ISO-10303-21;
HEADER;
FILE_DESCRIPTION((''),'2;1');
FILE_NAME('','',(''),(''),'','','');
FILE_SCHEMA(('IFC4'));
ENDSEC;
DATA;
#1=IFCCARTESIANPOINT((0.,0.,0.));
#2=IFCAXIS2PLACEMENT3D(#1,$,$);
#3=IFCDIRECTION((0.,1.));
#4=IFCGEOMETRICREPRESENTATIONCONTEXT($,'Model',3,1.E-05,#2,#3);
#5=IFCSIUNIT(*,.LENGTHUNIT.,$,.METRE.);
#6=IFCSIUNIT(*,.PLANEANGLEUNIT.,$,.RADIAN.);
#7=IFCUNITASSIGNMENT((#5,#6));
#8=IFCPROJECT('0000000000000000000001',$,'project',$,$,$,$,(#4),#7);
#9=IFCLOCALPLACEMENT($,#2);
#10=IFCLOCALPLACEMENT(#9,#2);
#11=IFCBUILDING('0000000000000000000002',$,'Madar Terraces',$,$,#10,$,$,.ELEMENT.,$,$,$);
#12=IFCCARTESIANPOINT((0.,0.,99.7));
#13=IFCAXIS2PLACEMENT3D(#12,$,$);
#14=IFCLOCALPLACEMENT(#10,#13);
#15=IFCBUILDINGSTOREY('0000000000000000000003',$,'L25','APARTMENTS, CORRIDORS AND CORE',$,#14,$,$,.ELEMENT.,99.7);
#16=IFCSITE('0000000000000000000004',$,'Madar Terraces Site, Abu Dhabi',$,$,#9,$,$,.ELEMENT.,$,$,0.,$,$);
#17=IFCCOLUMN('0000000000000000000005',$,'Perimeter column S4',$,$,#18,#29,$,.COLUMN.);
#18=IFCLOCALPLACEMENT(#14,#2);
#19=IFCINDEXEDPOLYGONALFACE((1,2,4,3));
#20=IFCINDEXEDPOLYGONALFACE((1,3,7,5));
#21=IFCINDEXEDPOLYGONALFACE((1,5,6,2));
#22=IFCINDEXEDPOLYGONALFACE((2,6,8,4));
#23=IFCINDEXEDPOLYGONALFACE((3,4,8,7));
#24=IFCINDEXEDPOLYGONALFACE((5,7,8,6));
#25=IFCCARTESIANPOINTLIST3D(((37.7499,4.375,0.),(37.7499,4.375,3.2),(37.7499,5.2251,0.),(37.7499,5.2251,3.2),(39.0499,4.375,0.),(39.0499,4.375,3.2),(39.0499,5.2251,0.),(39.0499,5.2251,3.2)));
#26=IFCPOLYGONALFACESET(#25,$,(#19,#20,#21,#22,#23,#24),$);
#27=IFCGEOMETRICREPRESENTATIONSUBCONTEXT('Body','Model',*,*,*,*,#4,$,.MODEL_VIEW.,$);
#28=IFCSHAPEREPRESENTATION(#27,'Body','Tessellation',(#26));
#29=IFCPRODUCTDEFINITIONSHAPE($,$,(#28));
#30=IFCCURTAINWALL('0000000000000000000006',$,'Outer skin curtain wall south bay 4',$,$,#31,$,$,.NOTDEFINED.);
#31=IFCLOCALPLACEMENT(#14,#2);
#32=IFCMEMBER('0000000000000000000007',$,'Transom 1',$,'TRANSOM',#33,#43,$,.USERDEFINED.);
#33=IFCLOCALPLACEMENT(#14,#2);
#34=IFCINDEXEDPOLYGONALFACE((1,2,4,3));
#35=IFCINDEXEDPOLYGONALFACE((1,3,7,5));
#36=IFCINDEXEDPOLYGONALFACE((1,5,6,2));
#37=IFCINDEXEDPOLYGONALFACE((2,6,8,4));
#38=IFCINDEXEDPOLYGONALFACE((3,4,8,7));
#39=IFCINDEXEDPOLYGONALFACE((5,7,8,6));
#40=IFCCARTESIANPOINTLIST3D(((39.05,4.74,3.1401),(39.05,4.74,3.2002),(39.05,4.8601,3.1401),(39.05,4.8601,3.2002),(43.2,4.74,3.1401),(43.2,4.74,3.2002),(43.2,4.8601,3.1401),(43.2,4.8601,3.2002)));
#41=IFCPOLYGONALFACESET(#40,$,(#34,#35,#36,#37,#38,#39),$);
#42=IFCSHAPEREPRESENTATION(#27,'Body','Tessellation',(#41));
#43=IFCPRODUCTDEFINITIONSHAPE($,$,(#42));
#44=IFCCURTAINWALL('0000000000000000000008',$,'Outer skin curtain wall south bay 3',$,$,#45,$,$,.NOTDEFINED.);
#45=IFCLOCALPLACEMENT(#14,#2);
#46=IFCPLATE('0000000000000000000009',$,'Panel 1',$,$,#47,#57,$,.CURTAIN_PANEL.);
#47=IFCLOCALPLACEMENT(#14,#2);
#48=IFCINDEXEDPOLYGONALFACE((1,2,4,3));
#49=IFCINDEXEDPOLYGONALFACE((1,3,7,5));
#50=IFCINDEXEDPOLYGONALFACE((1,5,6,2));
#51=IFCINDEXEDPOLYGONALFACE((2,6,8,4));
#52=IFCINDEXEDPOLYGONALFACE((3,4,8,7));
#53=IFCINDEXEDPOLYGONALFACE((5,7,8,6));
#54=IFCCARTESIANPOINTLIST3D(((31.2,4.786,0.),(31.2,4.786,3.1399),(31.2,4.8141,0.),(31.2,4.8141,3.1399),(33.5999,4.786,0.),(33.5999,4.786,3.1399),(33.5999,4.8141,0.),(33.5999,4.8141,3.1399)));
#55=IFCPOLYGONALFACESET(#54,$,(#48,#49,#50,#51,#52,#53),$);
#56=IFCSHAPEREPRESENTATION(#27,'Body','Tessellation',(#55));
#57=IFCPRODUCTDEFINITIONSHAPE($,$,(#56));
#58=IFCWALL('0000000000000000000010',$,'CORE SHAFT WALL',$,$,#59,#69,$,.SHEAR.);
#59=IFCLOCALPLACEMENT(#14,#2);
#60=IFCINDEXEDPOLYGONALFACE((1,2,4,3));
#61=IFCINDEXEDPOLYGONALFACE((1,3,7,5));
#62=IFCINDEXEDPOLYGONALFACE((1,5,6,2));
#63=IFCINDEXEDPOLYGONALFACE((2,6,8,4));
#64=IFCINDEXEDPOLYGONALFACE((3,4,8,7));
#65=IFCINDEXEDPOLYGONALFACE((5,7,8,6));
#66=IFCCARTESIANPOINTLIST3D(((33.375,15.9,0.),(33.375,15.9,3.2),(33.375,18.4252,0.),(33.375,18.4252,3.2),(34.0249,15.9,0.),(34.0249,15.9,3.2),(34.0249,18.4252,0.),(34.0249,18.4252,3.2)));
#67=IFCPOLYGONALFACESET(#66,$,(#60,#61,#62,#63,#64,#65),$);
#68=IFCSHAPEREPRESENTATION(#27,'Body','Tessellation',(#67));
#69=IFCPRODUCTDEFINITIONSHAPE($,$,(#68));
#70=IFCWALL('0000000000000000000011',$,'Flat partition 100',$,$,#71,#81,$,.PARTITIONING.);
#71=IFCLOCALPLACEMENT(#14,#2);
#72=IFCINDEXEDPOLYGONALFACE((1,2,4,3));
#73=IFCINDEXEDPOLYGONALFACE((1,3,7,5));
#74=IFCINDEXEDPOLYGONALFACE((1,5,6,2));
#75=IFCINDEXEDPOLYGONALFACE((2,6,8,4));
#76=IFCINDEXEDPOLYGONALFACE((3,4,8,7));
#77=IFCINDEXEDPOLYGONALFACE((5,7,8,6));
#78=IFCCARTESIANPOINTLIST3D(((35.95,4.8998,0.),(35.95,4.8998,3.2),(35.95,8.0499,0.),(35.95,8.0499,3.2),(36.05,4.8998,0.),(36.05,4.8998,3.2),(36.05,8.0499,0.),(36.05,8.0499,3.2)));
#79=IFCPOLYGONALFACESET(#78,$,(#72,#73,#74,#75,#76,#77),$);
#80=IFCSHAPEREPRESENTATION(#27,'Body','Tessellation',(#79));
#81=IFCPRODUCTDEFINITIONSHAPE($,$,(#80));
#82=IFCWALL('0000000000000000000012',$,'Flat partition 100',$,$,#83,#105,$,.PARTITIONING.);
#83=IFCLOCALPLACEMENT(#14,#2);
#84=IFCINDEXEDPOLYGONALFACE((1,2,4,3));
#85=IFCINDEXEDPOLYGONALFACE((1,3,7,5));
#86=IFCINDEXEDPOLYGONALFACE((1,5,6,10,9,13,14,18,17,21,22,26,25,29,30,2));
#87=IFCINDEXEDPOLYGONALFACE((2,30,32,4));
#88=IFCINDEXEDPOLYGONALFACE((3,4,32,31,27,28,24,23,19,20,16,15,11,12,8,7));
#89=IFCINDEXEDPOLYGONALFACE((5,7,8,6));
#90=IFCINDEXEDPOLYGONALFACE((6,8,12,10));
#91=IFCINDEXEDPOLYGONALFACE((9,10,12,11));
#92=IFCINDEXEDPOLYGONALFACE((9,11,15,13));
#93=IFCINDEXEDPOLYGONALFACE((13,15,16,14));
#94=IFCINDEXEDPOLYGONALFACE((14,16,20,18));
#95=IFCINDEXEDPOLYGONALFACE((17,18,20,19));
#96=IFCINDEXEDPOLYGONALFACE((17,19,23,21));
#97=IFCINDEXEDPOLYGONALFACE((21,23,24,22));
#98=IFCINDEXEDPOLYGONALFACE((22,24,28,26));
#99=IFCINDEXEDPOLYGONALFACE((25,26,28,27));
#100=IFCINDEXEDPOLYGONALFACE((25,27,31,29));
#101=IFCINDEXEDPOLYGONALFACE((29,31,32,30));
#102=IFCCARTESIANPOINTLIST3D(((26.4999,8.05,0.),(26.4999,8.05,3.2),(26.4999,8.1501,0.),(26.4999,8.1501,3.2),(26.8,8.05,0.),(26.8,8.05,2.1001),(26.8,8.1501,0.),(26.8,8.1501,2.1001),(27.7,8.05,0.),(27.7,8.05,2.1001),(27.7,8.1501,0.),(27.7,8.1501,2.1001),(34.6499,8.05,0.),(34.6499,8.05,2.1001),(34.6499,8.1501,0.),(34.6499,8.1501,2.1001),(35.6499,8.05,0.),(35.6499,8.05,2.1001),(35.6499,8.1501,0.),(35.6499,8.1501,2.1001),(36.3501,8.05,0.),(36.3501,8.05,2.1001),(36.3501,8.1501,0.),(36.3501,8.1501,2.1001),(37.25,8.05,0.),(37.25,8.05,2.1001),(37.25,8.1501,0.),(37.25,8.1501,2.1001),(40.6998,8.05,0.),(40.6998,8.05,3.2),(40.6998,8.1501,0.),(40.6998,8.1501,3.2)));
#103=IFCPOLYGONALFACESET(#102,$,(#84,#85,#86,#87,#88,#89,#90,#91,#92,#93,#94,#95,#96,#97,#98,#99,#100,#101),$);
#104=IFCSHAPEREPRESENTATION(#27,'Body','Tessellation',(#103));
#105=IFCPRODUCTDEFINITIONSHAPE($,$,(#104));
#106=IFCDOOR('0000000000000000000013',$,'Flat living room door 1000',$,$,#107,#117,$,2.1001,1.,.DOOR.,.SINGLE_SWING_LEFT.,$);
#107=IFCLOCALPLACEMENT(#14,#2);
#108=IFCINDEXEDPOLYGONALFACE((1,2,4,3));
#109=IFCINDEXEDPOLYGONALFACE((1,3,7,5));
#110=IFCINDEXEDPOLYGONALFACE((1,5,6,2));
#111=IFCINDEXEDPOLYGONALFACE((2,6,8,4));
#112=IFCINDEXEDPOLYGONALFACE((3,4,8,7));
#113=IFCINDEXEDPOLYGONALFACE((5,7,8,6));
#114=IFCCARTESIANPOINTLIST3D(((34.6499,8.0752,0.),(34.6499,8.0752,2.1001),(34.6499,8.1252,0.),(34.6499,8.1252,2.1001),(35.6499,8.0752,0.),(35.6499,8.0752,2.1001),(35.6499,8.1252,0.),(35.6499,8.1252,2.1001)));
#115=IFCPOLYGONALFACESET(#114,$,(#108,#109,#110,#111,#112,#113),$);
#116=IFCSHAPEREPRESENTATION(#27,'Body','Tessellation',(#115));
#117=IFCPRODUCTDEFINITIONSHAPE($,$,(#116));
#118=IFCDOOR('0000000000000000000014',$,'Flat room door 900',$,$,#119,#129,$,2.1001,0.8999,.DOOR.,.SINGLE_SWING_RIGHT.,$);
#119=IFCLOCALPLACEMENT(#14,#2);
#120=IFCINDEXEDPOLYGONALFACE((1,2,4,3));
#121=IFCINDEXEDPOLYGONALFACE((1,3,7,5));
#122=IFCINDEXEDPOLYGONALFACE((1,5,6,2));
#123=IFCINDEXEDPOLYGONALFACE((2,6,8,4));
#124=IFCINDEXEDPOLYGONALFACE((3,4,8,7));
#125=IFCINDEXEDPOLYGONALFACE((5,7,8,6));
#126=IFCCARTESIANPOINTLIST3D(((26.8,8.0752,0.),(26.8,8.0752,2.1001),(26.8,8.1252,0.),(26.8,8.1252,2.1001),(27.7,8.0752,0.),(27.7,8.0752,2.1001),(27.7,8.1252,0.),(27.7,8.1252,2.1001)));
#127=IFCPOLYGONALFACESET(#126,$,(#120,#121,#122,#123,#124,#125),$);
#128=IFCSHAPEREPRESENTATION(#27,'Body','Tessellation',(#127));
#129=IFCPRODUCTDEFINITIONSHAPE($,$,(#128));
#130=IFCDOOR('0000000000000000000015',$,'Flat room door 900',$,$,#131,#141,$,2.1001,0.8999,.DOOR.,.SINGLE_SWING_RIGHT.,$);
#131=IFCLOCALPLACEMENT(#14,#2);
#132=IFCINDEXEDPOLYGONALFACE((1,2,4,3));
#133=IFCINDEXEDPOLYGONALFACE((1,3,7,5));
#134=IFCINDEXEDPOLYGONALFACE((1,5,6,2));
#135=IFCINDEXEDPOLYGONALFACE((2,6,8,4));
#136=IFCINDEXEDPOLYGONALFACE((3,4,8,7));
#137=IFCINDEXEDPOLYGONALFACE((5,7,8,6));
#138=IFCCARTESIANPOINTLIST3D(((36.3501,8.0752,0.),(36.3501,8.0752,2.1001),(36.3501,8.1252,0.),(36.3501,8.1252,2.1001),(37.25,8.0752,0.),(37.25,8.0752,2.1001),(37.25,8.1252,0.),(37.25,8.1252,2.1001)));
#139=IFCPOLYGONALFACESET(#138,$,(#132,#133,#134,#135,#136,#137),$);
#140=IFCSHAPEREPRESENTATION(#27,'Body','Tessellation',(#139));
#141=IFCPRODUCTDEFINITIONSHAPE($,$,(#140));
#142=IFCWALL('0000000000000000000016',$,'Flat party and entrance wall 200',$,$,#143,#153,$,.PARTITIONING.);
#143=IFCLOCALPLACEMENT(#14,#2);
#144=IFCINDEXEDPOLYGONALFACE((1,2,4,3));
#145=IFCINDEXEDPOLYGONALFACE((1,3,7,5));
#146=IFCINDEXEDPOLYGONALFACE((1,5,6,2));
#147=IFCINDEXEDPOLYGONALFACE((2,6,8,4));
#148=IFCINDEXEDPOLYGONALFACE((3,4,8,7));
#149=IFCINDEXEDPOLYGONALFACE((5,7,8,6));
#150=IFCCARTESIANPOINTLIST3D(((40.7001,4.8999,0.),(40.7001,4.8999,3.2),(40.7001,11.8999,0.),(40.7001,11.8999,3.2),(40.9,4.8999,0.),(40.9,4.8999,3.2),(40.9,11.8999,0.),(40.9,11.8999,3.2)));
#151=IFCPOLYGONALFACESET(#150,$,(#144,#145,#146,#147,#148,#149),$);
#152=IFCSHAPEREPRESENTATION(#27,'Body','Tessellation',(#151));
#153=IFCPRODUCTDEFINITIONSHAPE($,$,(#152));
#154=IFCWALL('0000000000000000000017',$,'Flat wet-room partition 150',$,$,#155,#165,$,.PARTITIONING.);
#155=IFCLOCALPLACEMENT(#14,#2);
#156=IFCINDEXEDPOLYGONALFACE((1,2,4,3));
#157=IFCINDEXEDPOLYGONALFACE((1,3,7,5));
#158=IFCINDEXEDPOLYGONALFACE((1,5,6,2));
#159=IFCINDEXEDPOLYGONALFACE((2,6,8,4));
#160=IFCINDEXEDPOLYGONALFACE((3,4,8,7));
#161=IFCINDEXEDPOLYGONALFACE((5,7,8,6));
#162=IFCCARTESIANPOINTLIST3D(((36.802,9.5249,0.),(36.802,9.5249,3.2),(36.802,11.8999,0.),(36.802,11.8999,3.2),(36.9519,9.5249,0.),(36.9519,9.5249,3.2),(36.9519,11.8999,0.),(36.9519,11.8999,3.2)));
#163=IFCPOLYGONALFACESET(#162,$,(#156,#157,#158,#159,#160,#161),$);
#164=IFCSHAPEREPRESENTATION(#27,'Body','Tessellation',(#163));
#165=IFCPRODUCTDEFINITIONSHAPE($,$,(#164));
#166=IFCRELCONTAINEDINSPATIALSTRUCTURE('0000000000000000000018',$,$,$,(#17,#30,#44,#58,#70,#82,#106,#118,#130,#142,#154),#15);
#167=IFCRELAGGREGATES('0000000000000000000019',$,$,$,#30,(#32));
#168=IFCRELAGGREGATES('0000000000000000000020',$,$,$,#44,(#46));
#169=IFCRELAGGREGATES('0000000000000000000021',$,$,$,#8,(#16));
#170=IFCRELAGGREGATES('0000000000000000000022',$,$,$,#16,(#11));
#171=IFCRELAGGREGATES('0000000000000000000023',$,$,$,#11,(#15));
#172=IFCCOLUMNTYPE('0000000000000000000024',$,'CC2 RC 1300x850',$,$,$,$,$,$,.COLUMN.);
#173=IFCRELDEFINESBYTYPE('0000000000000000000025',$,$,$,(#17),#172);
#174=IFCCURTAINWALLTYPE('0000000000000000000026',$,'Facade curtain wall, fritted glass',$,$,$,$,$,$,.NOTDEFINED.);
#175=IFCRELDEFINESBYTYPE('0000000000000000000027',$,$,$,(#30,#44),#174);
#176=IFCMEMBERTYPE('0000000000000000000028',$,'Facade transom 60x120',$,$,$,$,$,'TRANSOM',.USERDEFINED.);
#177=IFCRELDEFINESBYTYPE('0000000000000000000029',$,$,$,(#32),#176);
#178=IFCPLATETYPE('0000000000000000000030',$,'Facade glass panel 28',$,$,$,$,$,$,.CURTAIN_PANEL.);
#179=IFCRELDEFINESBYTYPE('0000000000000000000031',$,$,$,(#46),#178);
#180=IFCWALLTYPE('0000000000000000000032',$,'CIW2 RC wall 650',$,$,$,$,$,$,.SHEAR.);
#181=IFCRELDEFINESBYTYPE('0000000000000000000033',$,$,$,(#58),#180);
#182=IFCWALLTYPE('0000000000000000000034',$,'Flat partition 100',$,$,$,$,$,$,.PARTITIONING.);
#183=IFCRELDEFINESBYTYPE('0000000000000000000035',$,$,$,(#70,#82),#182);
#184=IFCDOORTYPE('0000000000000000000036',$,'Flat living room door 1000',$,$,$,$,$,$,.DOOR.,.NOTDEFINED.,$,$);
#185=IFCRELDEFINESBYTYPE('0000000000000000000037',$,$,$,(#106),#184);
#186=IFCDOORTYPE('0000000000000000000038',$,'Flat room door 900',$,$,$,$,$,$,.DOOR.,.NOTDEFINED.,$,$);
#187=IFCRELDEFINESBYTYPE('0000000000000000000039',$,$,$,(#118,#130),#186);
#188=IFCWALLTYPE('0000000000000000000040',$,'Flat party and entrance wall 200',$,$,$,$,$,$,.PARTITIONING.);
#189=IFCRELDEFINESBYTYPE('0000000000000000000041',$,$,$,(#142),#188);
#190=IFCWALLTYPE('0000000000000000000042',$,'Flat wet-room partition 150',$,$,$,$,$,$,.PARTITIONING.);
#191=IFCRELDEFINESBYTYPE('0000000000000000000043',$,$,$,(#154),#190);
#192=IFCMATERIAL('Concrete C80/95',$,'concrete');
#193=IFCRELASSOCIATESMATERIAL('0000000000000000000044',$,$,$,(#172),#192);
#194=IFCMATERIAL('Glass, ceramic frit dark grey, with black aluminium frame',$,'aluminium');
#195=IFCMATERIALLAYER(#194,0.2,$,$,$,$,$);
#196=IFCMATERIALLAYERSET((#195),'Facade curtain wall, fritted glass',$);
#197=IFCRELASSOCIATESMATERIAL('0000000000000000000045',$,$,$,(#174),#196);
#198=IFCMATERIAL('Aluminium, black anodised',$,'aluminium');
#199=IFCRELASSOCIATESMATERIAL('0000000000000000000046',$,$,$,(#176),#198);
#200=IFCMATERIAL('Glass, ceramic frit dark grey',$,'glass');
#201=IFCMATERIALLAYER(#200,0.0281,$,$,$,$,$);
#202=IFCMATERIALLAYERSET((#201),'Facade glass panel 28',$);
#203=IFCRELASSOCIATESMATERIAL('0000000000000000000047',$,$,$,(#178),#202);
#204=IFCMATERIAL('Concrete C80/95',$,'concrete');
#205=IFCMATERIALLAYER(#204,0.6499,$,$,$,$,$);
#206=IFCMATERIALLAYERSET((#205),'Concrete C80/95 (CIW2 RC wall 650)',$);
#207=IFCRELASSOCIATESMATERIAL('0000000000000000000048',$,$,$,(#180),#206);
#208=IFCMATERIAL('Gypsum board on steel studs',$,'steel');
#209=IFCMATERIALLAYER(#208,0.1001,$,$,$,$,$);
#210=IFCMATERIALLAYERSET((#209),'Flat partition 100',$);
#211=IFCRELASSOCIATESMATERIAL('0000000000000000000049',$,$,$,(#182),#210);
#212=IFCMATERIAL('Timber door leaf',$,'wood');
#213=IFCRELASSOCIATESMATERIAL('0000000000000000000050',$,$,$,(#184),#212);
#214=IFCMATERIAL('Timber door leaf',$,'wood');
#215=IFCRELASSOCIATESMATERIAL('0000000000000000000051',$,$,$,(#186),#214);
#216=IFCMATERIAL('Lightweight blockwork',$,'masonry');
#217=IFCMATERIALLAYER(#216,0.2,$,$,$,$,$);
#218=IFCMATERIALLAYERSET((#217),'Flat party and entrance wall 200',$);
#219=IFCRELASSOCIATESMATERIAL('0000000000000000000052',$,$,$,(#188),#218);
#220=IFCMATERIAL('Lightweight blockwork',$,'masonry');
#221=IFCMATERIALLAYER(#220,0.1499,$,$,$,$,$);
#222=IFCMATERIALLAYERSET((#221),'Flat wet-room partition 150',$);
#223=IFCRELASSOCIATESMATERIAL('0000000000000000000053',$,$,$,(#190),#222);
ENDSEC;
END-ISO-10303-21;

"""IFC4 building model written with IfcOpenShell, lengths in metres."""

from ifc_helpers import new_model, si_unit, direction, frame, frame_2d, origin, origin_2d, place, context, subcontext, project, spatial, rectangle, extrude, material, layer, layer_set, material_profile, profile_set, type_object, element, fill, aggregate, save


model = new_model("IFC4")

# Units and contexts
model_context = context("Model", 3, precision=1e-05, world=origin(), true_north=direction((0.0, 1.0)))
body_context = subcontext(model_context, "Body", "Model", "MODEL_VIEW")
ifc_project = project(units=[si_unit("LENGTHUNIT", "METRE"), si_unit("PLANEANGLEUNIT", "RADIAN")], contexts=[model_context])

# Site, building, storey
site_placement = place(None, origin())
site = spatial("IfcSite", under=ifc_project, at=site_placement, Name="Madar Terraces Site, Abu Dhabi", CompositionType="ELEMENT", RefElevation=0.0)
building_placement = place(site_placement, origin())
building = spatial("IfcBuilding", under=site, at=building_placement, Name="Madar Terraces", CompositionType="ELEMENT")
storey_placement = place(building_placement, frame((0.0, 0.0, 99.7)))
storey = spatial("IfcBuildingStorey", under=building, at=storey_placement, Name="L25", Description="APARTMENTS, CORRIDORS AND CORE", CompositionType="ELEMENT", Elevation=99.7)

# Column
ifc_material_1 = material(Name="Concrete C80/95", Category="concrete")
ifc_material_profile_1 = material_profile(ifc_material_1, rectangle(XDim=1.3, YDim=0.8501, at=origin_2d()), Name="CC2 RC 1300x850")
ifc_profile_set_1 = profile_set([ifc_material_profile_1], Name="Concrete C80/95")
column_type = type_object("IfcColumnType", Name="CC2 RC 1300x850", PredefinedType="COLUMN", material=ifc_profile_set_1)
column_placement = place(storey_placement, frame((38.3999, 4.8, 0.0), z_axis=(0.0, 0.0, 1.0), x_axis=(1.0, 0.0, 0.0)))
element("IfcColumn", 1, at=column_placement, inside=storey, type_object=column_type, Name="Perimeter column S4", PredefinedType="COLUMN", context=body_context, shape_type="SweptSolid", body=[
    extrude(rectangle(XDim=1.3, YDim=0.8501, at=origin_2d()), origin(), (0.0, 0.0, 1.0), 3.2),
])

# Curtain wall, member
ifc_material_2 = material(Name="Glass, ceramic frit dark grey, with black aluminium frame", Category="aluminium")
ifc_layer_1 = layer(ifc_material_2, 0.2)
ifc_layer_set_1 = layer_set([ifc_layer_1], Name="Facade curtain wall, fritted glass")
curtain_wall_type = type_object("IfcCurtainWallType", Name="Facade curtain wall, fritted glass", PredefinedType="NOTDEFINED", material=ifc_layer_set_1)
curtain_wall_1_placement = place(storey_placement, origin())
curtain_wall_1 = element("IfcCurtainWall", 2, at=curtain_wall_1_placement, inside=storey, type_object=curtain_wall_type, Name="Outer skin curtain wall south bay 4", PredefinedType="NOTDEFINED")
ifc_material_3 = material(Name="Aluminium, black anodised", Category="aluminium")
ifc_material_profile_2 = material_profile(ifc_material_3, rectangle(XDim=0.1201, YDim=0.0601, at=origin_2d()), Name="Facade transom 60x120")
ifc_profile_set_2 = profile_set([ifc_material_profile_2], Name="Aluminium, black anodised")
member_type = type_object("IfcMemberType", Name="Facade transom 60x120", ElementType="TRANSOM", PredefinedType="USERDEFINED", material=ifc_profile_set_2)
member_placement = place(storey_placement, frame((39.05, 4.8, 3.1702), z_axis=(1.0, 0.0, 0.0), x_axis=(0.0, 1.0, 0.0)))
member = element("IfcMember", 3, at=member_placement, type_object=member_type, Name="Transom 1", ObjectType="TRANSOM", PredefinedType="USERDEFINED", context=body_context, shape_type="SweptSolid", body=[
    extrude(rectangle(XDim=0.1201, YDim=0.0601, at=origin_2d()), origin(), (0.0, 0.0, 1.0), 4.1499),
])
aggregate(curtain_wall_1, [member])

# Curtain wall, plate
curtain_wall_2_placement = place(storey_placement, origin())
curtain_wall_2 = element("IfcCurtainWall", 4, at=curtain_wall_2_placement, inside=storey, type_object=curtain_wall_type, Name="Outer skin curtain wall south bay 3", PredefinedType="NOTDEFINED")
ifc_material_4 = material(Name="Glass, ceramic frit dark grey", Category="glass")
ifc_layer_2 = layer(ifc_material_4, 0.0281)
ifc_layer_set_2 = layer_set([ifc_layer_2], Name="Facade glass panel 28")
plate_type = type_object("IfcPlateType", Name="Facade glass panel 28", PredefinedType="CURTAIN_PANEL", material=ifc_layer_set_2)
plate_placement = place(storey_placement, frame((32.3999, 4.8, 0.0), z_axis=(0.0, 0.0, 1.0), x_axis=(1.0, 0.0, 0.0)))
plate = element("IfcPlate", 5, at=plate_placement, type_object=plate_type, Name="Panel 1", PredefinedType="CURTAIN_PANEL", context=body_context, shape_type="SweptSolid", body=[
    extrude(rectangle(XDim=2.3999, YDim=0.0281, at=origin_2d()), origin(), (0.0, 0.0, 1.0), 3.1399),
])
aggregate(curtain_wall_2, [plate])

# Wall
ifc_material_5 = material(Name="Concrete C80/95", Category="concrete")
ifc_layer_3 = layer(ifc_material_5, 0.6499)
ifc_layer_set_3 = layer_set([ifc_layer_3], Name="Concrete C80/95 (CIW2 RC wall 650)")
wall_type_1 = type_object("IfcWallType", Name="CIW2 RC wall 650", PredefinedType="SHEAR", material=ifc_layer_set_3)
wall_1_placement = place(storey_placement, frame((33.7, 15.8999, 0.0), z_axis=(0.0, 0.0, 1.0), x_axis=(0.0, 1.0, 0.0)))
element("IfcWall", 6, at=wall_1_placement, inside=storey, type_object=wall_type_1, Name="CORE SHAFT WALL", PredefinedType="SHEAR", context=body_context, shape_type="SweptSolid", body=[
    extrude(rectangle(XDim=2.5251, YDim=0.6499, at=frame_2d((1.2627, 0.0))), origin(), (0.0, 0.0, 1.0), 3.2),
])

# Wall
ifc_material_6 = material(Name="Gypsum board on steel studs", Category="steel")
ifc_layer_4 = layer(ifc_material_6, 0.1001)
ifc_layer_set_4 = layer_set([ifc_layer_4], Name="Flat partition 100")
wall_type_2 = type_object("IfcWallType", Name="Flat partition 100", PredefinedType="PARTITIONING", material=ifc_layer_set_4)
wall_2_placement = place(storey_placement, frame((36.0, 8.05, 0.0), z_axis=(0.0, 0.0, 1.0), x_axis=(0.0, -1.0, 0.0)))
element("IfcWall", 7, at=wall_2_placement, inside=storey, type_object=wall_type_2, Name="Flat partition 100", PredefinedType="PARTITIONING", context=body_context, shape_type="SweptSolid", body=[
    extrude(rectangle(XDim=3.1501, YDim=0.1001, at=frame_2d((1.5752, 0.0))), origin(), (0.0, 0.0, 1.0), 3.2),
])

# Wall, openings, doors
wall_3_placement = place(storey_placement, frame((40.7, 8.1001, 0.0), z_axis=(0.0, 0.0, 1.0), x_axis=(-1.0, 0.0, 0.0)))
wall_3 = element("IfcWall", 8, at=wall_3_placement, inside=storey, type_object=wall_type_2, Name="Flat partition 100", PredefinedType="PARTITIONING", context=body_context, shape_type="SweptSolid", body=[
    extrude(rectangle(XDim=14.2, YDim=0.1001, at=frame_2d((7.1001, 0.0))), origin(), (0.0, 0.0, 1.0), 3.2),
])
opening_1_placement = place(wall_3_placement, frame((13.0, 0.0, 0.0)))
opening_1 = element("IfcOpeningElement", 9, at=opening_1_placement, cuts=wall_3, PredefinedType="OPENING", context=body_context, shape_type="SweptSolid", body=[
    extrude(rectangle(XDim=0.8999, YDim=2.1001, at=frame_2d((0.45, 1.05))), frame((0.0, 0.0601, 0.0), z_axis=(0.0, -1.0, 0.0), x_axis=(1.0, 0.0, 0.0)), (0.0, 0.0, 1.0), 0.1201),
])
opening_2_placement = place(wall_3_placement, frame((5.05, 0.0, 0.0)))
opening_2 = element("IfcOpeningElement", 10, at=opening_2_placement, cuts=wall_3, PredefinedType="OPENING", context=body_context, shape_type="SweptSolid", body=[
    extrude(rectangle(XDim=1.0, YDim=2.1001, at=frame_2d((0.5, 1.05))), frame((0.0, 0.0601, 0.0), z_axis=(0.0, -1.0, 0.0), x_axis=(1.0, 0.0, 0.0)), (0.0, 0.0, 1.0), 0.1201),
])
opening_3_placement = place(wall_3_placement, frame((3.45, 0.0, 0.0)))
opening_3 = element("IfcOpeningElement", 11, at=opening_3_placement, cuts=wall_3, PredefinedType="OPENING", context=body_context, shape_type="SweptSolid", body=[
    extrude(rectangle(XDim=0.8999, YDim=2.1001, at=frame_2d((0.45, 1.05))), frame((0.0, 0.0601, 0.0), z_axis=(0.0, -1.0, 0.0), x_axis=(1.0, 0.0, 0.0)), (0.0, 0.0, 1.0), 0.1201),
])
ifc_material_7 = material(Name="Timber door leaf", Category="wood")
door_type_1 = type_object("IfcDoorType", Name="Flat living room door 1000", OperationType="NOTDEFINED", PredefinedType="DOOR", material=ifc_material_7)
door_1_placement = place(opening_2_placement, origin())
door_1 = element("IfcDoor", 12, at=door_1_placement, inside=storey, type_object=door_type_1, Name="Flat living room door 1000", OperationType="SINGLE_SWING_LEFT", OverallHeight=2.1001, OverallWidth=1.0, PredefinedType="DOOR", context=body_context, shape_type="SweptSolid", body=[
    extrude(rectangle(XDim=1.0, YDim=2.1001, at=frame_2d((0.5, 1.05))), frame((0.0, 0.0249, 0.0), z_axis=(0.0, -1.0, 0.0), x_axis=(1.0, 0.0, 0.0)), (0.0, 0.0, 1.0), 0.05),
])
fill(opening_2, door_1)
ifc_material_8 = material(Name="Timber door leaf", Category="wood")
door_type_2 = type_object("IfcDoorType", Name="Flat room door 900", OperationType="NOTDEFINED", PredefinedType="DOOR", material=ifc_material_8)
door_2_placement = place(opening_1_placement, origin())
door_2 = element("IfcDoor", 13, at=door_2_placement, inside=storey, type_object=door_type_2, Name="Flat room door 900", OperationType="SINGLE_SWING_RIGHT", OverallHeight=2.1001, OverallWidth=0.8999, PredefinedType="DOOR", context=body_context, shape_type="SweptSolid", body=[
    extrude(rectangle(XDim=0.8999, YDim=2.1001, at=frame_2d((0.45, 1.05))), frame((0.0, 0.0249, 0.0), z_axis=(0.0, -1.0, 0.0), x_axis=(1.0, 0.0, 0.0)), (0.0, 0.0, 1.0), 0.05),
])
fill(opening_1, door_2)
door_3_placement = place(opening_3_placement, origin())
door_3 = element("IfcDoor", 14, at=door_3_placement, inside=storey, type_object=door_type_2, Name="Flat room door 900", OperationType="SINGLE_SWING_RIGHT", OverallHeight=2.1001, OverallWidth=0.8999, PredefinedType="DOOR", context=body_context, shape_type="SweptSolid", body=[
    extrude(rectangle(XDim=0.8999, YDim=2.1001, at=frame_2d((0.45, 1.05))), frame((0.0, 0.0249, 0.0), z_axis=(0.0, -1.0, 0.0), x_axis=(1.0, 0.0, 0.0)), (0.0, 0.0, 1.0), 0.05),
])
fill(opening_3, door_3)

# Walls
ifc_material_9 = material(Name="Lightweight blockwork", Category="masonry")
ifc_layer_5 = layer(ifc_material_9, 0.2)
ifc_layer_set_5 = layer_set([ifc_layer_5], Name="Flat party and entrance wall 200")
wall_type_3 = type_object("IfcWallType", Name="Flat party and entrance wall 200", PredefinedType="PARTITIONING", material=ifc_layer_set_5)
wall_4_placement = place(storey_placement, frame((40.8, 11.8999, 0.0), z_axis=(0.0, 0.0, 1.0), x_axis=(0.0, -1.0, 0.0)))
element("IfcWall", 15, at=wall_4_placement, inside=storey, type_object=wall_type_3, Name="Flat party and entrance wall 200", PredefinedType="PARTITIONING", context=body_context, shape_type="SweptSolid", body=[
    extrude(rectangle(XDim=7.0, YDim=0.2, at=frame_2d((3.5, 0.0))), origin(), (0.0, 0.0, 1.0), 3.2),
])
ifc_material_10 = material(Name="Lightweight blockwork", Category="masonry")
ifc_layer_6 = layer(ifc_material_10, 0.1499)
ifc_layer_set_6 = layer_set([ifc_layer_6], Name="Flat wet-room partition 150")
wall_type_4 = type_object("IfcWallType", Name="Flat wet-room partition 150", PredefinedType="PARTITIONING", material=ifc_layer_set_6)
wall_5_placement = place(storey_placement, frame((36.877, 11.8999, 0.0), z_axis=(0.0, 0.0, 1.0), x_axis=(0.0, -1.0, 0.0)))
element("IfcWall", 16, at=wall_5_placement, inside=storey, type_object=wall_type_4, Name="Flat wet-room partition 150", PredefinedType="PARTITIONING", context=body_context, shape_type="SweptSolid", body=[
    extrude(rectangle(XDim=2.375, YDim=0.1499, at=frame_2d((1.1875, 0.0))), origin(), (0.0, 0.0, 1.0), 3.2),
])

save(model, "model.ifc")
